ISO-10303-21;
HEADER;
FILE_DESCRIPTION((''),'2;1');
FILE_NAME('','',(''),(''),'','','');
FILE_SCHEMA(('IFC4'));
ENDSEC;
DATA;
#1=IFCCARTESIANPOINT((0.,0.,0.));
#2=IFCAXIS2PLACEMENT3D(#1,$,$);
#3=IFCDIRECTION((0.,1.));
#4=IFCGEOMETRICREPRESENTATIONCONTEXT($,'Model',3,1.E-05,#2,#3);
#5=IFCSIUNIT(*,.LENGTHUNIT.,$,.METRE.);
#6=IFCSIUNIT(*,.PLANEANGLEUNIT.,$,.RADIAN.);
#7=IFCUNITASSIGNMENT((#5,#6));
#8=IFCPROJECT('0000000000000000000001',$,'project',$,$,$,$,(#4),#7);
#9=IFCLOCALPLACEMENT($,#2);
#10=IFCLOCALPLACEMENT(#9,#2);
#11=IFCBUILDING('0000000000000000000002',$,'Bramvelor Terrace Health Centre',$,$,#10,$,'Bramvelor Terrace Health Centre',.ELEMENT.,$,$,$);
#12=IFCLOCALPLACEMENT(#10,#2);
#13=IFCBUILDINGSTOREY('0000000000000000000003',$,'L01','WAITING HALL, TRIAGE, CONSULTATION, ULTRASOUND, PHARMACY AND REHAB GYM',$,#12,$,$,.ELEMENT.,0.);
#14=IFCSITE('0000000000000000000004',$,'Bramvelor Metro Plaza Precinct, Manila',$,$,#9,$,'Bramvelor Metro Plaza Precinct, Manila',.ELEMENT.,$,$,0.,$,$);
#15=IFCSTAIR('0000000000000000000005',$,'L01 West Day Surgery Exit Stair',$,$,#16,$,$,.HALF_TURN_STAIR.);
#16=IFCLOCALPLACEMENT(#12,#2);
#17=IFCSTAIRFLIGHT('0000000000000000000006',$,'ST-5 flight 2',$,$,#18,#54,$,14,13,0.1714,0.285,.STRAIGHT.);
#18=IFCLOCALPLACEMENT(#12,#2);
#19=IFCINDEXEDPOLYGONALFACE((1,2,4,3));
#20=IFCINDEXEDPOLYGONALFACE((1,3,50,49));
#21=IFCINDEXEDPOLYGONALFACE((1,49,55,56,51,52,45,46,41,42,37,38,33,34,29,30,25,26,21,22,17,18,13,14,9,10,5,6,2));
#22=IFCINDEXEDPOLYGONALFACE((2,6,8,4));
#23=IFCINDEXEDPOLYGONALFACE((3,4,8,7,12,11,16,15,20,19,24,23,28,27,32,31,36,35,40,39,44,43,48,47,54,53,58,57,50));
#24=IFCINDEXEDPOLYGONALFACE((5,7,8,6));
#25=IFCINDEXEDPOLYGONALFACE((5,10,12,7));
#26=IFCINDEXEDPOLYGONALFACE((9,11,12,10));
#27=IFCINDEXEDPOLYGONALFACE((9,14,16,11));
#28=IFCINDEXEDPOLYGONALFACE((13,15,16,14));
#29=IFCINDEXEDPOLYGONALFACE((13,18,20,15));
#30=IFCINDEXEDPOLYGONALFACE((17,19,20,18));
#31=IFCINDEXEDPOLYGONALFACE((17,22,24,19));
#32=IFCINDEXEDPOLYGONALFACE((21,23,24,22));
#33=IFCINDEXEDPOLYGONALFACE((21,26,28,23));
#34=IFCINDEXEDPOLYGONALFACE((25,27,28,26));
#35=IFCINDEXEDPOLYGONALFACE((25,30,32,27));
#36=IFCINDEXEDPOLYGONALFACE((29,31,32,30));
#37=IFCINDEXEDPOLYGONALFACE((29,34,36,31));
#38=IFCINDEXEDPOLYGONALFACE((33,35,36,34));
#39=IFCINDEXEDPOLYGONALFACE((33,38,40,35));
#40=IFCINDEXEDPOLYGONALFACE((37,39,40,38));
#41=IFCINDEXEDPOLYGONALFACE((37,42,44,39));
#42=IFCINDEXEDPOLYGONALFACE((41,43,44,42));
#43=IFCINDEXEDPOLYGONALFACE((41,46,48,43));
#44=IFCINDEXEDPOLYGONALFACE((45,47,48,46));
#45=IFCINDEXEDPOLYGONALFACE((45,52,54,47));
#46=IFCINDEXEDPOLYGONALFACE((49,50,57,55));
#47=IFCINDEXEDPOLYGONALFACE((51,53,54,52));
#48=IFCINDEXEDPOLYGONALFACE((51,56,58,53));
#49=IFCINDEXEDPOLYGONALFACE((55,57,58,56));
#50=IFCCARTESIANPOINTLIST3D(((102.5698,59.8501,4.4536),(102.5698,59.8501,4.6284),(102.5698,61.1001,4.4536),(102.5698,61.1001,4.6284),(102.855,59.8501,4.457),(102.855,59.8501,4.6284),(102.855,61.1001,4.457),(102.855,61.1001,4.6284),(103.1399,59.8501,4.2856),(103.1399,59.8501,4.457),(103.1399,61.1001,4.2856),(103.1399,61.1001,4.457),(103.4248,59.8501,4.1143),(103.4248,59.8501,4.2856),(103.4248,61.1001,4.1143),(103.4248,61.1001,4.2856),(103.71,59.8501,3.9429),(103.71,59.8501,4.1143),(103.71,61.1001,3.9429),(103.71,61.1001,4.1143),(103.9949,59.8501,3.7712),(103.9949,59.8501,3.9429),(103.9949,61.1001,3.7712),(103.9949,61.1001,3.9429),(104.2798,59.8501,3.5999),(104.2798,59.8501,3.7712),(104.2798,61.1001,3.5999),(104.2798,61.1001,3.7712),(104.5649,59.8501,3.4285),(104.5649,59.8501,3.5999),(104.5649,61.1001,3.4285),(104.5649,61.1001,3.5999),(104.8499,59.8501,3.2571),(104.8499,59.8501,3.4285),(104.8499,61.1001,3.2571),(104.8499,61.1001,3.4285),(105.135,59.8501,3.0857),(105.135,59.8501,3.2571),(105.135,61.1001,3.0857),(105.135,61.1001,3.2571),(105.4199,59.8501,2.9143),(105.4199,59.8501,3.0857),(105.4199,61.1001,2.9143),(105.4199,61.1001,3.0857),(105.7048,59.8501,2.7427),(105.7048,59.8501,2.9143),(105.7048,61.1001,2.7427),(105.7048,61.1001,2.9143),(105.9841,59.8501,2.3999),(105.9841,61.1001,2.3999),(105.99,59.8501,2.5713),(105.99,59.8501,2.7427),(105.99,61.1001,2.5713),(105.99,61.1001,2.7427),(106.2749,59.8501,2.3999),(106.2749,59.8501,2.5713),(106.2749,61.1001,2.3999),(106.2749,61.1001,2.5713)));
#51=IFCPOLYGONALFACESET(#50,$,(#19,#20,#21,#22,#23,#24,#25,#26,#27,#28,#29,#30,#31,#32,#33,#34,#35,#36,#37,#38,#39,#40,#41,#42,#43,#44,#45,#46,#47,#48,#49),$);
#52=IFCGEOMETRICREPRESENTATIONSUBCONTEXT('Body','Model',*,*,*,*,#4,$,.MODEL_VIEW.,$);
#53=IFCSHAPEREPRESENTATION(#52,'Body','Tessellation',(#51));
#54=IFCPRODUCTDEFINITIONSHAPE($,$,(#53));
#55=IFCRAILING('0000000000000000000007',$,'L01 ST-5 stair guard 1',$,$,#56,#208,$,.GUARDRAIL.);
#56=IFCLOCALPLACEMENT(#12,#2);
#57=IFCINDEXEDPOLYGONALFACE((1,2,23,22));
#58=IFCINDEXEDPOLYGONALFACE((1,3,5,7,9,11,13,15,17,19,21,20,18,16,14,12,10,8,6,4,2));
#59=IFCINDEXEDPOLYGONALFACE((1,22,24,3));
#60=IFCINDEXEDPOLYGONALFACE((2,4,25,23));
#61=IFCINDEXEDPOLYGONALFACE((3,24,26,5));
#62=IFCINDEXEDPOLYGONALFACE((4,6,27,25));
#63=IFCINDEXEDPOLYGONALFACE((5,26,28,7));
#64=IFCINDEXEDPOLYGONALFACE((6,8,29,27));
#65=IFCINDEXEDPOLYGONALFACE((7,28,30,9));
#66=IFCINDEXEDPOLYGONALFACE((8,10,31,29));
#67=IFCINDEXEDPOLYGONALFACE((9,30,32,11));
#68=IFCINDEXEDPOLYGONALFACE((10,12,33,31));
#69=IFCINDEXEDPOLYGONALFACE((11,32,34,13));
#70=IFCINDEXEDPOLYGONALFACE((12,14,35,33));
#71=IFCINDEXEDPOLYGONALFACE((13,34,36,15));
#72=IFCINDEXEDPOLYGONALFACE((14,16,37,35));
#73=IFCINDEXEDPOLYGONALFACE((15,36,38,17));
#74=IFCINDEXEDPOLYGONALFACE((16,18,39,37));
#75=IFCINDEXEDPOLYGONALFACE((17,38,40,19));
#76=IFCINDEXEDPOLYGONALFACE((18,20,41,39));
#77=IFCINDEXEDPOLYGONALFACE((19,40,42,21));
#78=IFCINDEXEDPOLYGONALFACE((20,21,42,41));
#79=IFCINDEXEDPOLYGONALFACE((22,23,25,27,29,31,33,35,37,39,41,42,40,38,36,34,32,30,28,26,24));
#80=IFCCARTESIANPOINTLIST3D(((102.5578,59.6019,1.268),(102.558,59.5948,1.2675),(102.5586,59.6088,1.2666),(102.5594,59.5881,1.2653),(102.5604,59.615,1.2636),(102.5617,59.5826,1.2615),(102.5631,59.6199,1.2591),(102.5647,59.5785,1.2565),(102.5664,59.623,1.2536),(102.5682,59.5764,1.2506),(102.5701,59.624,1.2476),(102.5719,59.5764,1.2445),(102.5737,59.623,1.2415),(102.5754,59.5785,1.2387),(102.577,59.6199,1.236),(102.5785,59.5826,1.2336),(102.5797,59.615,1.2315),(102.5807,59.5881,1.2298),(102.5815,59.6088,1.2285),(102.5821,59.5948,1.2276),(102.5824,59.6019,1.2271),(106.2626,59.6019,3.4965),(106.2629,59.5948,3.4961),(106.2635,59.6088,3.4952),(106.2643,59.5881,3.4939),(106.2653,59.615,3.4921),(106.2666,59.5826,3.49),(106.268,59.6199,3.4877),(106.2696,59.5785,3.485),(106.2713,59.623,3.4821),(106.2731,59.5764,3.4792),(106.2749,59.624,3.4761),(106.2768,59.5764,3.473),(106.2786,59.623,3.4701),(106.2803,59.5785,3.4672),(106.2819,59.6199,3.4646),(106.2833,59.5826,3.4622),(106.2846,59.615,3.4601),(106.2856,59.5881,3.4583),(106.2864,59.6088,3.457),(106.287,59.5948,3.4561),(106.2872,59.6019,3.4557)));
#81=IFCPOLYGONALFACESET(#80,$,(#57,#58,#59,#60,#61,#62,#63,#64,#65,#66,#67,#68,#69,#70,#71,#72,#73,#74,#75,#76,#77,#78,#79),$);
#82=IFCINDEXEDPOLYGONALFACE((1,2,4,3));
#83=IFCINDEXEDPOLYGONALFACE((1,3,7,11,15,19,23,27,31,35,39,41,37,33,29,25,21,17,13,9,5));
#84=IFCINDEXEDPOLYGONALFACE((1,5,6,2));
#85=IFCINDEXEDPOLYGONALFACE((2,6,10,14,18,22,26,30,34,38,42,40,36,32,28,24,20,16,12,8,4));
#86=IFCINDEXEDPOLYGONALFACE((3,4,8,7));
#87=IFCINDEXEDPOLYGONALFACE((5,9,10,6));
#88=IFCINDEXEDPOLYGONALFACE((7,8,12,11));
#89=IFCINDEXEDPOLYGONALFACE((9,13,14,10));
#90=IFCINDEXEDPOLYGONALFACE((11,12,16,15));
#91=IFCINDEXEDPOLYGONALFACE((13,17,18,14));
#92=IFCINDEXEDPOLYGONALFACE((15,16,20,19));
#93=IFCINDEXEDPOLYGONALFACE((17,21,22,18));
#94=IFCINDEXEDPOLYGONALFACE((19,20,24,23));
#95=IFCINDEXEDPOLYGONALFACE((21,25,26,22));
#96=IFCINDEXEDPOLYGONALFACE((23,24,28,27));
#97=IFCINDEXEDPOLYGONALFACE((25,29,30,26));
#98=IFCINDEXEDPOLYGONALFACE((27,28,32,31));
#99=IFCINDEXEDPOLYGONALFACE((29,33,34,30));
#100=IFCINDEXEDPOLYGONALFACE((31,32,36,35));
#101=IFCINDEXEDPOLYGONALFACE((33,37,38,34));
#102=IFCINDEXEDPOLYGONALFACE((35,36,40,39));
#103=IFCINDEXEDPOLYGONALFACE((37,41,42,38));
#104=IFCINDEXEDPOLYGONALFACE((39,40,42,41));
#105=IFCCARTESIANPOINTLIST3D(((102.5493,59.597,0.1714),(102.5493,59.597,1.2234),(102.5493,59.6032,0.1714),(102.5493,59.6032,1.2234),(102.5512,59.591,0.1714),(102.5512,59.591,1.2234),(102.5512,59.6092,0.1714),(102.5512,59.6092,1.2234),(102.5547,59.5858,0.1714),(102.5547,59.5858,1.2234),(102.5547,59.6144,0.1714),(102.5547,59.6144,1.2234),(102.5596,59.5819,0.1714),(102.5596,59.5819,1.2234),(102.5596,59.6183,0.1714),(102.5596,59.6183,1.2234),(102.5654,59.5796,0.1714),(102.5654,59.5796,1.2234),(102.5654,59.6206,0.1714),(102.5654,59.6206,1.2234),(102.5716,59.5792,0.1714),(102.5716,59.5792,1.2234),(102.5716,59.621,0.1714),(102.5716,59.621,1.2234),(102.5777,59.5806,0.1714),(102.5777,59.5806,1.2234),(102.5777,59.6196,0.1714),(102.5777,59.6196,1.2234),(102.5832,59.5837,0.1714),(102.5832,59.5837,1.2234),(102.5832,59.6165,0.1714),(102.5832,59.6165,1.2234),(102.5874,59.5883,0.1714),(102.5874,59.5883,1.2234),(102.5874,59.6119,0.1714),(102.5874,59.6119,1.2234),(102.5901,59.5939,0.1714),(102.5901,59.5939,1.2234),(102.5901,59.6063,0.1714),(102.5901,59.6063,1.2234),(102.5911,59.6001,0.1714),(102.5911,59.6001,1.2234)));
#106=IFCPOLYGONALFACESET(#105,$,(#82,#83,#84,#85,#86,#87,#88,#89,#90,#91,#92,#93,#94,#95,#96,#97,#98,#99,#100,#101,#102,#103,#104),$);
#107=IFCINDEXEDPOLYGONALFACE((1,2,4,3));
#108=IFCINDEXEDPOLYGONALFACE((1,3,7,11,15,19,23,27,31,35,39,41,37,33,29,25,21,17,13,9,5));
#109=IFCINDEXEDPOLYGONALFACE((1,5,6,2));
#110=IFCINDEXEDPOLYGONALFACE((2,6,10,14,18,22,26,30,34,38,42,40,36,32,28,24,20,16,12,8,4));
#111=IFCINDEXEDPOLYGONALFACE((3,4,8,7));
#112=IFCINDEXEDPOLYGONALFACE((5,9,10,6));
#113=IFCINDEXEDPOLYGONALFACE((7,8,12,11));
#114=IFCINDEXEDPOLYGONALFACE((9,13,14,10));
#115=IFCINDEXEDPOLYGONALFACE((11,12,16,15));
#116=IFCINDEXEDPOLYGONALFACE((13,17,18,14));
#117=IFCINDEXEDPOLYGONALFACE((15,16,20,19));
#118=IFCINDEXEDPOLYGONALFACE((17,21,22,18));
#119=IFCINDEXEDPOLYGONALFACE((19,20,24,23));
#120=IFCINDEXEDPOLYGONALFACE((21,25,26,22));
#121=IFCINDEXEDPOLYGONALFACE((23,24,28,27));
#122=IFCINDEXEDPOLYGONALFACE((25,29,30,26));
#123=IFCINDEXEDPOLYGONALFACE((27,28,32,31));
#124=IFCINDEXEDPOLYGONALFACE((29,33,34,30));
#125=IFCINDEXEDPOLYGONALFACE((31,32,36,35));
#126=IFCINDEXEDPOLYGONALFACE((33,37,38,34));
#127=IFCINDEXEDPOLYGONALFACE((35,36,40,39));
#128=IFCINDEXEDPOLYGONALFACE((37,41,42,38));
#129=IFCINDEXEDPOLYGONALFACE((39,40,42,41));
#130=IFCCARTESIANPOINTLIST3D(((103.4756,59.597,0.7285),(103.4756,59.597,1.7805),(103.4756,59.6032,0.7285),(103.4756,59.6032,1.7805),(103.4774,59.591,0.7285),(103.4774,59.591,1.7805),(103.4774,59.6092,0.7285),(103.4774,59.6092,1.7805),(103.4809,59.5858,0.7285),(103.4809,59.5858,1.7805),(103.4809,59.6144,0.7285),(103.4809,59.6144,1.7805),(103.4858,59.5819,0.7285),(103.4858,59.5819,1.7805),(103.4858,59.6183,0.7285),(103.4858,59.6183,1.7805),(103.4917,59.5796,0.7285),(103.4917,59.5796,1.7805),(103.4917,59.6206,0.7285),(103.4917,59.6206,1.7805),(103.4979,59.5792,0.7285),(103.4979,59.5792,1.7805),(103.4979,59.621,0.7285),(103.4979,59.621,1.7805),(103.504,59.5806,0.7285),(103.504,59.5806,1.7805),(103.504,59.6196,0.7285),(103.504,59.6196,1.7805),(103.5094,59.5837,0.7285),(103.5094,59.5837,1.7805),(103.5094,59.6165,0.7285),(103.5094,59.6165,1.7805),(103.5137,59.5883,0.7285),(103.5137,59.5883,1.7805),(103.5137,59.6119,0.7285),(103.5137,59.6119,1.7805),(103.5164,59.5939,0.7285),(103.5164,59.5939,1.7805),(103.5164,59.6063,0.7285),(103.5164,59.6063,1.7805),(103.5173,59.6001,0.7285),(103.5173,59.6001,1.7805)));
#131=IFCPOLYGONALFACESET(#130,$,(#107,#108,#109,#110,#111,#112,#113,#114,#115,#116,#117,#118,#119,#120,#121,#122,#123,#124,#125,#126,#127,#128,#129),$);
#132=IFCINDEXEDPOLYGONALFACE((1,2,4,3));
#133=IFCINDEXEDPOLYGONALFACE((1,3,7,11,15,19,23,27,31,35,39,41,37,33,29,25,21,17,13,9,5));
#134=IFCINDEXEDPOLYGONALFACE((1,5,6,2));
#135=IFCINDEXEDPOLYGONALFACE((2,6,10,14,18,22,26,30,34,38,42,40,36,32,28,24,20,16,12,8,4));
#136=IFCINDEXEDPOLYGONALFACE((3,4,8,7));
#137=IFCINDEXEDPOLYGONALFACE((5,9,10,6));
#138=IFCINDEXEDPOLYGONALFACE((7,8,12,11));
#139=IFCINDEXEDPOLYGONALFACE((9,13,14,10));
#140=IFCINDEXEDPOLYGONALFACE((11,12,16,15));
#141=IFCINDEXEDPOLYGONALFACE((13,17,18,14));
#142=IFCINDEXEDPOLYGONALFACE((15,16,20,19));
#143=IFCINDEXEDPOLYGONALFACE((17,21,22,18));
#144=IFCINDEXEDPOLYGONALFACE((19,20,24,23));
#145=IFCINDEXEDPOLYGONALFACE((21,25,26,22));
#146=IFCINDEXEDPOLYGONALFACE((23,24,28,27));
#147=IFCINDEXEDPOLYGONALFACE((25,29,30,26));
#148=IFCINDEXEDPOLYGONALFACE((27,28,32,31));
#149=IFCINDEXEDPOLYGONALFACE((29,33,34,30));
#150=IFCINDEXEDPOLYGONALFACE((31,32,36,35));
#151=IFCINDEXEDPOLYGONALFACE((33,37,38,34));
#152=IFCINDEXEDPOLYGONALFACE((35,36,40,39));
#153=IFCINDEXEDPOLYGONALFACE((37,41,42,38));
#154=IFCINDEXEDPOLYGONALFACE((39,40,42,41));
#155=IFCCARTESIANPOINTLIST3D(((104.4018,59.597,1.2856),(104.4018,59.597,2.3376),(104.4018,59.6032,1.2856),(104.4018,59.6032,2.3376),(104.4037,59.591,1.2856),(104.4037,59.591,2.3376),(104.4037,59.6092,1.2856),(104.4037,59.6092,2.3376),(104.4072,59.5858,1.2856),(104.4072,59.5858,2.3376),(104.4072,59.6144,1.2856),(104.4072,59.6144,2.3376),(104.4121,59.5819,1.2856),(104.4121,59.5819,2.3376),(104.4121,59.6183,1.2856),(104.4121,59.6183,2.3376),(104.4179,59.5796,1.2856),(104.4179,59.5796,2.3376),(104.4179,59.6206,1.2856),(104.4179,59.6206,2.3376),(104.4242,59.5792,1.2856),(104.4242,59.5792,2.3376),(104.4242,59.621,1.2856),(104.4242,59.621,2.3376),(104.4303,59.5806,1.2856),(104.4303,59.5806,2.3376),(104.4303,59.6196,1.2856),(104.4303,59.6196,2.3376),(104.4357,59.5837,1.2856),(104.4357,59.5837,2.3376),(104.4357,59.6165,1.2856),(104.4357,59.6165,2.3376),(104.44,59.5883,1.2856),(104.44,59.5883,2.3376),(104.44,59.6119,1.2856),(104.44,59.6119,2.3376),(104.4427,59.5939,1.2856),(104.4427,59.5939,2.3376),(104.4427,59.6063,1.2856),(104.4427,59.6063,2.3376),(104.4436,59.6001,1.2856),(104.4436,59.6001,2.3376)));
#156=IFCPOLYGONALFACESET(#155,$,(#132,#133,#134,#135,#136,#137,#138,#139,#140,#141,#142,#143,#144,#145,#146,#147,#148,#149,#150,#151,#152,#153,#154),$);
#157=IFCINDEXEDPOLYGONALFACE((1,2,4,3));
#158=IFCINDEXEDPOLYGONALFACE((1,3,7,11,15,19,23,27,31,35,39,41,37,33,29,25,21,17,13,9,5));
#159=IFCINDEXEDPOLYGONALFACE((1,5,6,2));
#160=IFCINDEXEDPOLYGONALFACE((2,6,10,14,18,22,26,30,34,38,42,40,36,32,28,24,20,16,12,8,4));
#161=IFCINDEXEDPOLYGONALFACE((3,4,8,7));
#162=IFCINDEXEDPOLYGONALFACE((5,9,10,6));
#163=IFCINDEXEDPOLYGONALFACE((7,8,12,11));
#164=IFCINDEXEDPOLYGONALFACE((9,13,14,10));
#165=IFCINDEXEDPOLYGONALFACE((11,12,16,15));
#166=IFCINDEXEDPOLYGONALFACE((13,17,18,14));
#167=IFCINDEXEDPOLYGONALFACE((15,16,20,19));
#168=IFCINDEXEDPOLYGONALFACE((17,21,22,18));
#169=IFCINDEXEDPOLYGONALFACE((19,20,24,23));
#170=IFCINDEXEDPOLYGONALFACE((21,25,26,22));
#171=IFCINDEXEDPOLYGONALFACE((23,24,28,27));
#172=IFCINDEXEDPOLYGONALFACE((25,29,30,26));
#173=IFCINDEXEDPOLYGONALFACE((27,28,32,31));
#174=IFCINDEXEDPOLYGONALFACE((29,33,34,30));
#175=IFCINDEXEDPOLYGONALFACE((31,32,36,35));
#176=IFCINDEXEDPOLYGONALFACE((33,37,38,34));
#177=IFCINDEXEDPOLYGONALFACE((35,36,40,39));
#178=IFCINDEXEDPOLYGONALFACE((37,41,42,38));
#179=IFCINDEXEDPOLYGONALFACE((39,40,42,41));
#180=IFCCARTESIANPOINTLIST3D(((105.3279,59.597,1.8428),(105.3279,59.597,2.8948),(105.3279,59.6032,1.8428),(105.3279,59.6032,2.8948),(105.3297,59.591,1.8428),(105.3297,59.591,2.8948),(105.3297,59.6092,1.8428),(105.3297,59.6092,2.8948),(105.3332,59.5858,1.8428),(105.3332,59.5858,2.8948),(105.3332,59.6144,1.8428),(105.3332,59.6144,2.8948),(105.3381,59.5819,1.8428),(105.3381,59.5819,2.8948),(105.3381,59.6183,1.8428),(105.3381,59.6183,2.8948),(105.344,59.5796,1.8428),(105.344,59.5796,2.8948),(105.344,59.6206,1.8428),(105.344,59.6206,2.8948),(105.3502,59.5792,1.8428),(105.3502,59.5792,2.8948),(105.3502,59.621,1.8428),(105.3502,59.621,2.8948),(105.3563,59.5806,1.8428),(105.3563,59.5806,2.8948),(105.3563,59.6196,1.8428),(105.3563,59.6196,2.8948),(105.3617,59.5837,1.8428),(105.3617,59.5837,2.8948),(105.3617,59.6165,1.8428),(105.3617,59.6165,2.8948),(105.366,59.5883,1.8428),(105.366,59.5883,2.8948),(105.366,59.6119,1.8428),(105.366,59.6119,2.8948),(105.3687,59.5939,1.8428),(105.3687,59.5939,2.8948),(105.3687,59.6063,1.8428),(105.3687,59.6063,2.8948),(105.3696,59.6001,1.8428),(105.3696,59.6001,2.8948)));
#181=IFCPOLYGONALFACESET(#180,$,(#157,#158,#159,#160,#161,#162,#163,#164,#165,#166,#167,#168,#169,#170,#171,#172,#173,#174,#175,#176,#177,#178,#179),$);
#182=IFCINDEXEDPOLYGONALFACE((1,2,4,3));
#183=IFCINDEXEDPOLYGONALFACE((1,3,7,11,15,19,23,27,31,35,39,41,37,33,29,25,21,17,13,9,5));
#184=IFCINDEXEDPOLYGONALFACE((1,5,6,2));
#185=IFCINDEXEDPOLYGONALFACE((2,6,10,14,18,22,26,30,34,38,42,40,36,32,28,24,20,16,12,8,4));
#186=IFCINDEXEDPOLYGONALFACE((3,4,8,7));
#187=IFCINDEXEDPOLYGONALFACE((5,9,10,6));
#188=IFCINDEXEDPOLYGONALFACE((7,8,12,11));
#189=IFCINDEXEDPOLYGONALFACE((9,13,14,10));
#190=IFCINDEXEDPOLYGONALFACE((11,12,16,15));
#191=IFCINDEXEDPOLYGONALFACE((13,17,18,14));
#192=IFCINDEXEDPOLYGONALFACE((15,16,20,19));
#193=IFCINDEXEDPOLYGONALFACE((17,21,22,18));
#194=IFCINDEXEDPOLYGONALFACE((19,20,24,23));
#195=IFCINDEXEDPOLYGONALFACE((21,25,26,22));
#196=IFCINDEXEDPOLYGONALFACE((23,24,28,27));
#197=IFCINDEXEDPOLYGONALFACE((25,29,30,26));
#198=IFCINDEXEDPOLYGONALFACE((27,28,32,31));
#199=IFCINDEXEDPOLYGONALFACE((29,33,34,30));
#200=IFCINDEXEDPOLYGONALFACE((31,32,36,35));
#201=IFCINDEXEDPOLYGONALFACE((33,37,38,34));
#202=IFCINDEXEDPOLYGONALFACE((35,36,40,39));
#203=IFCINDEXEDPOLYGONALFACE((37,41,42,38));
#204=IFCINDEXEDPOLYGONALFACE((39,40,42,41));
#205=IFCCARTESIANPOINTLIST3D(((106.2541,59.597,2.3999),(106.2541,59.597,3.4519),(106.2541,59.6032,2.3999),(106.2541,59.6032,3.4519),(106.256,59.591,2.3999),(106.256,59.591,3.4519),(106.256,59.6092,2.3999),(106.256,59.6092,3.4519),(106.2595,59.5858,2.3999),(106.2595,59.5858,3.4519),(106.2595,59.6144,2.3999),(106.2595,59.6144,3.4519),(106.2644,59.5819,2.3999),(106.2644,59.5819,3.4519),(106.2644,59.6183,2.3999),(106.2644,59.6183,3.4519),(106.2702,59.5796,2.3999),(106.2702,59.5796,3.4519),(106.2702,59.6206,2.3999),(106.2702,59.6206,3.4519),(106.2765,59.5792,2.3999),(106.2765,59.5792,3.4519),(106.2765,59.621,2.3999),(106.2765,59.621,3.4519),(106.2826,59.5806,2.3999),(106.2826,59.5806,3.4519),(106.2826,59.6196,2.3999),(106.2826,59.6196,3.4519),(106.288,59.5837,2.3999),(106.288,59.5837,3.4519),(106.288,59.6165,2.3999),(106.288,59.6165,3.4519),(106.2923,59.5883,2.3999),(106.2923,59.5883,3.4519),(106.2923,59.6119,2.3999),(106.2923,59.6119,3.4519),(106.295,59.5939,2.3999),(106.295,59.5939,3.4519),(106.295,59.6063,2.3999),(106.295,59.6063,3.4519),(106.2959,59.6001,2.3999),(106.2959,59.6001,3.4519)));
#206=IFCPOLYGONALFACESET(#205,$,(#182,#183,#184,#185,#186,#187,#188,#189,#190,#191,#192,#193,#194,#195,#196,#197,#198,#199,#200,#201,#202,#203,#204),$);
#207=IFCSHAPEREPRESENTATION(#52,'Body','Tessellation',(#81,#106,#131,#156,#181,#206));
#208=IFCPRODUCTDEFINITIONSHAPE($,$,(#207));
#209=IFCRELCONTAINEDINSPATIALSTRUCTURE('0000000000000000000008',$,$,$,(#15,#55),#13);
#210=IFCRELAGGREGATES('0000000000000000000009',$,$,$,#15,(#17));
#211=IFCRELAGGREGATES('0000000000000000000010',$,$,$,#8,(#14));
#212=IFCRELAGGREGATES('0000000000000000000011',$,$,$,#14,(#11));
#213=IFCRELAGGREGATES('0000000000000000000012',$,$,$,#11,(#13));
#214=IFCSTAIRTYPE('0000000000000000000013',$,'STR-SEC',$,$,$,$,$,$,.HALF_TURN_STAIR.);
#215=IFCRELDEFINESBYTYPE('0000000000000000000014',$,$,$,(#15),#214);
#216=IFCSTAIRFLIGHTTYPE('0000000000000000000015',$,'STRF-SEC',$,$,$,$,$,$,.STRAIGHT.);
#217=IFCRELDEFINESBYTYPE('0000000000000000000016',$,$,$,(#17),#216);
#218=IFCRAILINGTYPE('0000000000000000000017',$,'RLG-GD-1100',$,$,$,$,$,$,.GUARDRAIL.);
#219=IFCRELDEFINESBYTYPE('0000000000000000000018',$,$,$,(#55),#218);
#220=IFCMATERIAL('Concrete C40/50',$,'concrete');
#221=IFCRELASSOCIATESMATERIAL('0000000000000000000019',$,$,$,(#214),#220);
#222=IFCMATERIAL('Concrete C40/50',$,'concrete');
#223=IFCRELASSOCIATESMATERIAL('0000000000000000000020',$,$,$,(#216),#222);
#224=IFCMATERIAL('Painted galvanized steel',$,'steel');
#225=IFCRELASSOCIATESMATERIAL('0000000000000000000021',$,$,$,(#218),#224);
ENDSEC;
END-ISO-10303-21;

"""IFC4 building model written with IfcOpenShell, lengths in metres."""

from ifc_helpers import new_model, si_unit, direction, frame, origin, origin_2d, place, context, subcontext, project, spatial, polyline, circle, outline, extrude, material, type_object, element, aggregate, save


model = new_model("IFC4")

# Units and contexts
model_context = context("Model", 3, precision=1e-05, world=origin(), true_north=direction((0.0, 1.0)))
body_context = subcontext(model_context, "Body", "Model", "MODEL_VIEW")
ifc_project = project(units=[si_unit("LENGTHUNIT", "METRE"), si_unit("PLANEANGLEUNIT", "RADIAN")], contexts=[model_context])

# Site, building, storey
site_placement = place(None, origin())
site = spatial("IfcSite", under=ifc_project, at=site_placement, Name="Bramvelor Metro Plaza Precinct, Manila", LongName="Bramvelor Metro Plaza Precinct, Manila", CompositionType="ELEMENT", RefElevation=0.0)
building_placement = place(site_placement, origin())
building = spatial("IfcBuilding", under=site, at=building_placement, Name="Bramvelor Terrace Health Centre", LongName="Bramvelor Terrace Health Centre", CompositionType="ELEMENT")
storey_placement = place(building_placement, origin())
storey = spatial("IfcBuildingStorey", under=building, at=storey_placement, Name="L01", Description="WAITING HALL, TRIAGE, CONSULTATION, ULTRASOUND, PHARMACY AND REHAB GYM", CompositionType="ELEMENT", Elevation=0.0)

# Stair, stair flight
ifc_material_1 = material(Name="Concrete C40/50", Category="concrete")
stair_type = type_object("IfcStairType", Name="STR-SEC", PredefinedType="HALF_TURN_STAIR", material=ifc_material_1)
stair_placement = place(storey_placement, origin())
stair = element("IfcStair", 1, at=stair_placement, inside=storey, type_object=stair_type, Name="L01 West Day Surgery Exit Stair", PredefinedType="HALF_TURN_STAIR")
ifc_material_2 = material(Name="Concrete C40/50", Category="concrete")
stair_flight_type = type_object("IfcStairFlightType", Name="STRF-SEC", PredefinedType="STRAIGHT", material=ifc_material_2)
stair_flight_1_placement = place(storey_placement, frame((106.2749, 60.4751, 2.3999), z_axis=(0.0, 0.0, 1.0), x_axis=(-1.0, 0.0, 0.0)))
stair_flight_1 = element("IfcStairFlight", 2, at=stair_flight_1_placement, type_object=stair_flight_type, Name="ST-5 flight 2", NumberOfRisers=14, NumberOfTreads=13, PredefinedType="STRAIGHT", RiserHeight=0.1714, TreadLength=0.285, context=body_context, shape_type="SweptSolid", body=[
    extrude(outline(polyline([(0.0, 0.0), (0.0, 0.1714), (0.2849, 0.1714), (0.2849, 0.3428), (0.5701, 0.3428), (0.5701, 0.5144), (0.855, 0.5144), (0.855, 0.6858), (1.1399, 0.6858), (1.1399, 0.8572), (1.425, 0.8572), (1.425, 1.0286), (1.71, 1.0286), (1.71, 1.2), (1.9951, 1.2), (1.9951, 1.3713), (2.28, 1.3713), (2.28, 1.543), (2.5649, 1.543), (2.5649, 1.7144), (2.8501, 1.7144), (2.8501, 1.8857), (3.135, 1.8857), (3.135, 2.0571), (3.4199, 2.0571), (3.4199, 2.2285), (3.7051, 2.2285), (3.7051, 2.3999), (3.7051, 2.0537), (0.2908, 0.0), (0.0, 0.0)])), frame((0.0, 0.625, 0.0), z_axis=(0.0, -1.0, 0.0), x_axis=(1.0, 0.0, 0.0)), (0.0, 0.0, 1.0), 1.25),
])
aggregate(stair, [stair_flight_1])

# Railing
ifc_material_3 = material(Name="Painted galvanized steel", Category="steel")
railing_type_1 = type_object("IfcRailingType", Name="RLG-GD-1100", PredefinedType="GUARDRAIL", material=ifc_material_3)
railing_1_placement = place(storey_placement, frame((102.5701, 59.6001, 0.1714)))
element("IfcRailing", 3, at=railing_1_placement, inside=storey, type_object=railing_type_1, Name="L01 ST-5 stair guard 1", PredefinedType="GUARDRAIL", context=body_context, shape_type="SweptSolid", body=[
    extrude(circle(Radius=0.0239, at=origin_2d()), frame((0.0, 0.0, 1.0762), z_axis=(0.856919, 0.0, 0.51545), x_axis=(0.0, 1.0, 0.0)), (0.0, 0.0, 1.0), 4.3235),
    extrude(circle(Radius=0.021, at=origin_2d()), origin(), (0.0, 0.0, 1.0), 1.052),
    extrude(circle(Radius=0.021, at=origin_2d()), frame((0.9263, 0.0, 0.5571)), (0.0, 0.0, 1.0), 1.052),
    extrude(circle(Radius=0.021, at=origin_2d()), frame((1.8525, 0.0, 1.1143)), (0.0, 0.0, 1.0), 1.052),
    extrude(circle(Radius=0.021, at=origin_2d()), frame((2.7786, 0.0, 1.6714)), (0.0, 0.0, 1.0), 1.052),
    extrude(circle(Radius=0.021, at=origin_2d()), frame((3.7048, 0.0, 2.2285)), (0.0, 0.0, 1.0), 1.052),
])

save(model, "model.ifc")
